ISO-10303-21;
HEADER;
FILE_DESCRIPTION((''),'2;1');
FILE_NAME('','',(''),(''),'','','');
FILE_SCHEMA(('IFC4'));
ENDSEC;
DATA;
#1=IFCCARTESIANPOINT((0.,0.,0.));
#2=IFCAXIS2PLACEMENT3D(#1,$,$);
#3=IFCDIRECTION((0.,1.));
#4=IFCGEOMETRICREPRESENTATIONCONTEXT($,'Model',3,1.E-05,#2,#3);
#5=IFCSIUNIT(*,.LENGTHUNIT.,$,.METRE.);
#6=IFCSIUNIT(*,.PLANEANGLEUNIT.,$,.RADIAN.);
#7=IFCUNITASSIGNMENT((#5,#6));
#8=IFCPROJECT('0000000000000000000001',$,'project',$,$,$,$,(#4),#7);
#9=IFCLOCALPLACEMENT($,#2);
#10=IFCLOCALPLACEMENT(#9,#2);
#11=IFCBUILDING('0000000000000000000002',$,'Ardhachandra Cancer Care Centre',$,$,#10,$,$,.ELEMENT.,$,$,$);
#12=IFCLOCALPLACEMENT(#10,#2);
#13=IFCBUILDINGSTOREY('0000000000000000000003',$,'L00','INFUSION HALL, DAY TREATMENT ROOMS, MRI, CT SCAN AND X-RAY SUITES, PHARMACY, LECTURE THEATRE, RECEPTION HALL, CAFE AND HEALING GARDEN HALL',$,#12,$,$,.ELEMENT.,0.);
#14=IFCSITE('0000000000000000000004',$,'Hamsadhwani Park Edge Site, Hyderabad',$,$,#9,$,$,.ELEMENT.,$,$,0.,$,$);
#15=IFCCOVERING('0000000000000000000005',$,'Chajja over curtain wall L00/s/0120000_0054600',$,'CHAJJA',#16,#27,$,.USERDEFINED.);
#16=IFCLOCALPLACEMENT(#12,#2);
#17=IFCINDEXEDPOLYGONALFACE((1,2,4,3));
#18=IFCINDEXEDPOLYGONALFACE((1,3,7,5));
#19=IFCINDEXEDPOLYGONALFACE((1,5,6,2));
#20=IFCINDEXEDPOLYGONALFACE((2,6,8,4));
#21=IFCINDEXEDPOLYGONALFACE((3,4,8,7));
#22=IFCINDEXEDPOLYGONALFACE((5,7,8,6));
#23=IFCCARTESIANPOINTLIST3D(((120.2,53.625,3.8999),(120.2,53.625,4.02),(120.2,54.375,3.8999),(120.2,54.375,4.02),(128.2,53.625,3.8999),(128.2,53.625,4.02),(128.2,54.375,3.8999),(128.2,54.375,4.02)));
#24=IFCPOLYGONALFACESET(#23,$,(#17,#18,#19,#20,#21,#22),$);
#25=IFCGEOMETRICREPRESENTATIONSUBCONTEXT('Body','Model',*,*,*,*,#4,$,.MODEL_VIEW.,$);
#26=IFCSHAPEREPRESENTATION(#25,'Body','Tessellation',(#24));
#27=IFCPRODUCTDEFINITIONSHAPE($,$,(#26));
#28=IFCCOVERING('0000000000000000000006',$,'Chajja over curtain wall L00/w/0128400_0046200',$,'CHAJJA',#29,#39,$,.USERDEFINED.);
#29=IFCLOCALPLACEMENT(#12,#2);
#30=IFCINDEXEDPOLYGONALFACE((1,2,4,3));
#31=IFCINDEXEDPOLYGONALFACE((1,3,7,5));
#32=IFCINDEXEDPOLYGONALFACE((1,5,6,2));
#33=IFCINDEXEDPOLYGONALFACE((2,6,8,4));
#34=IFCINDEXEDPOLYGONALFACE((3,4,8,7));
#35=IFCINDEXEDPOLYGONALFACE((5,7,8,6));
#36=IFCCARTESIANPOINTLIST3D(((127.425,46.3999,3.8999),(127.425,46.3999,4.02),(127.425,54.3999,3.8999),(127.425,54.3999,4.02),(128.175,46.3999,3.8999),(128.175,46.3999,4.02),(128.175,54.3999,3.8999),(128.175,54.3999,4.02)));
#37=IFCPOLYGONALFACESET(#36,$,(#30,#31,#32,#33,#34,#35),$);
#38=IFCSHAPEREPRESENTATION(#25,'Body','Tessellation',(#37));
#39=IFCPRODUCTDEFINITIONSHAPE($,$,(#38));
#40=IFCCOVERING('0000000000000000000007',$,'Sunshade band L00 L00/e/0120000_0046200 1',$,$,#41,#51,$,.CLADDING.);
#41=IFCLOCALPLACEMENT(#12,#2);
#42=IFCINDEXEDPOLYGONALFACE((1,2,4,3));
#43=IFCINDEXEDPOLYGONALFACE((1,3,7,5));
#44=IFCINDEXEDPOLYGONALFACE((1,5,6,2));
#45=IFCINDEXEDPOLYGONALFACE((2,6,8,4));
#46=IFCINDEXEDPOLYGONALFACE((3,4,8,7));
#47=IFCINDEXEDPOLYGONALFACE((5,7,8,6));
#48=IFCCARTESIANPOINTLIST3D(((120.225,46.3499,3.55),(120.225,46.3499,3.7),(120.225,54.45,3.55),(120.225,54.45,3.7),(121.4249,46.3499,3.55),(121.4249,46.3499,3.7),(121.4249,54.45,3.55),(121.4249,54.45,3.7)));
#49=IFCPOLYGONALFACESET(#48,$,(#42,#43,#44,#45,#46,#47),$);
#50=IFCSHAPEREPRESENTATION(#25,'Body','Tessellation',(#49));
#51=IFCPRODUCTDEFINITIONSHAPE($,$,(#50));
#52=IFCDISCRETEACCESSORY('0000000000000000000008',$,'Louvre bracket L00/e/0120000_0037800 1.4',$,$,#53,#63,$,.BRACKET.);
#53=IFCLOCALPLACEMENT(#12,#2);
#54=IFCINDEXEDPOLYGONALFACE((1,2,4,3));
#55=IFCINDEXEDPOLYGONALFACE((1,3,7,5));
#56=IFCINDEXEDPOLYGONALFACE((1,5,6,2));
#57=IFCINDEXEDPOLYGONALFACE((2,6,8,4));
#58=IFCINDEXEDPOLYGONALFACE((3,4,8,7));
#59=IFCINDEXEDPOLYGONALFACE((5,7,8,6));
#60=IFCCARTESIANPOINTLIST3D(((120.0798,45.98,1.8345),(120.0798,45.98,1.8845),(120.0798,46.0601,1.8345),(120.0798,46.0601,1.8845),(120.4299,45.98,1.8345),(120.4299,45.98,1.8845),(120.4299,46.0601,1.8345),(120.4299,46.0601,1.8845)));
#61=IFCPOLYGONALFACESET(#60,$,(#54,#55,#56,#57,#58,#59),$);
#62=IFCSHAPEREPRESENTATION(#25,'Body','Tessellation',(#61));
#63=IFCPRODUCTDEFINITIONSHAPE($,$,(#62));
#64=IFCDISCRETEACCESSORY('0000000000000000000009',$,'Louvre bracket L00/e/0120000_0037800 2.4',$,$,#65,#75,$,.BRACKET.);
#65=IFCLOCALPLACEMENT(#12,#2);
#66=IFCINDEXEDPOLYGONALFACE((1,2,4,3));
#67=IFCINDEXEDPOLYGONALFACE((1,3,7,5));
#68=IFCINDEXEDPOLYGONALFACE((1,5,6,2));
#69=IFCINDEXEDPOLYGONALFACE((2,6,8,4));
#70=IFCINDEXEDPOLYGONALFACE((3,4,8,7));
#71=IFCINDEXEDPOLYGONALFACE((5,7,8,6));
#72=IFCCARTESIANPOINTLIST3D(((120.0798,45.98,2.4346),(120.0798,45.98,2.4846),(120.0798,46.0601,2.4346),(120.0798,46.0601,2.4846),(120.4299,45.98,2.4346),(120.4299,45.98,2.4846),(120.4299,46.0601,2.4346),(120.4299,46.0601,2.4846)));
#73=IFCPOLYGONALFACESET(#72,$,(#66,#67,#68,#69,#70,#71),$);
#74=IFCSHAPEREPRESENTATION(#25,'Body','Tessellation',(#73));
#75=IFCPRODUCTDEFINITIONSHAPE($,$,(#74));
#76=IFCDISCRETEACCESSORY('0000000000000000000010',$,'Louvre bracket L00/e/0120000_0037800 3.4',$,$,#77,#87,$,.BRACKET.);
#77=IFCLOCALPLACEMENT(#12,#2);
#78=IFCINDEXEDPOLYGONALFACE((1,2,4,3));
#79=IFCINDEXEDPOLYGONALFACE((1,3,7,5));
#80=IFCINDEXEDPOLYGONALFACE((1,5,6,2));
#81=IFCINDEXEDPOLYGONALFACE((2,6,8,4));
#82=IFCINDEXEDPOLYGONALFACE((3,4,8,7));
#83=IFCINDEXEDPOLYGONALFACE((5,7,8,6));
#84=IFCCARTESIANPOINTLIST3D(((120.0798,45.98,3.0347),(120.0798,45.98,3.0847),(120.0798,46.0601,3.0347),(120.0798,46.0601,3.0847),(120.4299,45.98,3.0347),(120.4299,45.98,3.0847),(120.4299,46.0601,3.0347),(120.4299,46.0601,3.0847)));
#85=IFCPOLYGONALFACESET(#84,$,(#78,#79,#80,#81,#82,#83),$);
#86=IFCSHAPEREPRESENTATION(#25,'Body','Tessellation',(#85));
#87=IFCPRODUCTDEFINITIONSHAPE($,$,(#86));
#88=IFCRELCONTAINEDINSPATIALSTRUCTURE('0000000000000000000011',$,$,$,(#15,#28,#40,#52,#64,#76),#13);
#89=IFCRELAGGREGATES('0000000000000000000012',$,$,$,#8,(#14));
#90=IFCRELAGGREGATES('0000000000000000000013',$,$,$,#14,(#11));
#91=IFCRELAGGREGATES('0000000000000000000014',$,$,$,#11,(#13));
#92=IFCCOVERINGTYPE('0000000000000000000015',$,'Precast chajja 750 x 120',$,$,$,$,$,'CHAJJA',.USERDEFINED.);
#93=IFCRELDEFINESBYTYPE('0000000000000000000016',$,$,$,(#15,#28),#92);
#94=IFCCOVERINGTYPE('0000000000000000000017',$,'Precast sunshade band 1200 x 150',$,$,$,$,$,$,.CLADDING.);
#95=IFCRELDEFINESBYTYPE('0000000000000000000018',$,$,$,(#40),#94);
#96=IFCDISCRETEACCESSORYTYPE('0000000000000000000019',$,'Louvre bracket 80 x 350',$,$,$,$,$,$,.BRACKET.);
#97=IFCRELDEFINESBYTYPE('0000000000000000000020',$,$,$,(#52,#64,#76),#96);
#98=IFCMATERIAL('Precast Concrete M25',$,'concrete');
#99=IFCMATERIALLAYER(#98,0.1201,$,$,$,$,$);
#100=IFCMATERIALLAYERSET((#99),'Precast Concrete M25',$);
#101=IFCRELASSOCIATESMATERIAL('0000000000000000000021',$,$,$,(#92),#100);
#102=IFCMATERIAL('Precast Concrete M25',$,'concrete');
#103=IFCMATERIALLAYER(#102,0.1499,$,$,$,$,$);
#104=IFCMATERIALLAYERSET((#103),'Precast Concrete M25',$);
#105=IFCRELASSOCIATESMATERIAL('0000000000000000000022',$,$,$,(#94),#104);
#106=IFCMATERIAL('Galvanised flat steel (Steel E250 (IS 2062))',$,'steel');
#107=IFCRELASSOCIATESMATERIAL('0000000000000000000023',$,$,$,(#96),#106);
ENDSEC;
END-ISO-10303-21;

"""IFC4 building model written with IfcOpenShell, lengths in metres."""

from ifc_helpers import new_model, si_unit, direction, frame, origin, origin_2d, place, context, subcontext, project, spatial, rectangle, extrude, material, layer, layer_set, type_object, element, save


model = new_model("IFC4")

# Units and contexts
model_context = context("Model", 3, precision=1e-05, world=origin(), true_north=direction((0.0, 1.0)))
body_context = subcontext(model_context, "Body", "Model", "MODEL_VIEW")
ifc_project = project(units=[si_unit("LENGTHUNIT", "METRE"), si_unit("PLANEANGLEUNIT", "RADIAN")], contexts=[model_context])

# Site, building, storey
site_placement = place(None, origin())
site = spatial("IfcSite", under=ifc_project, at=site_placement, Name="Hamsadhwani Park Edge Site, Hyderabad", CompositionType="ELEMENT", RefElevation=0.0)
building_placement = place(site_placement, origin())
building = spatial("IfcBuilding", under=site, at=building_placement, Name="Ardhachandra Cancer Care Centre", CompositionType="ELEMENT")
storey_placement = place(building_placement, origin())
storey = spatial("IfcBuildingStorey", under=building, at=storey_placement, Name="L00", Description="INFUSION HALL, DAY TREATMENT ROOMS, MRI, CT SCAN AND X-RAY SUITES, PHARMACY, LECTURE THEATRE, RECEPTION HALL, CAFE AND HEALING GARDEN HALL", CompositionType="ELEMENT", Elevation=0.0)

# Coverings
ifc_material_1 = material(Name="Precast Concrete M25", Category="concrete")
ifc_layer_1 = layer(ifc_material_1, 0.1201)
ifc_layer_set_1 = layer_set([ifc_layer_1], Name="Precast Concrete M25")
covering_type_1 = type_object("IfcCoveringType", Name="Precast chajja 750 x 120", ElementType="CHAJJA", PredefinedType="USERDEFINED", material=ifc_layer_set_1)
for number, where, z_axis, x_axis, name in (
    (1, (124.2, 54.0, 3.8999), (0.0, 0.0, 1.0), (1.0, 0.0, 0.0), "Chajja over curtain wall L00/s/0120000_0054600"),
    (2, (127.8, 50.3999, 3.8999), (0.0, 0.0, 1.0), (0.0, 1.0, 0.0), "Chajja over curtain wall L00/w/0128400_0046200"),
):
    element("IfcCovering", number, at=place(storey_placement, frame(where, z_axis=z_axis, x_axis=x_axis)), inside=storey, type_object=covering_type_1, Name=name, ObjectType="CHAJJA", PredefinedType="USERDEFINED", context=body_context, shape_type="SweptSolid", body=[
        extrude(rectangle(XDim=8.0, YDim=0.75, at=origin_2d()), origin(), (0.0, 0.0, 1.0), 0.1201),
    ])
ifc_material_2 = material(Name="Precast Concrete M25", Category="concrete")
ifc_layer_2 = layer(ifc_material_2, 0.1499)
ifc_layer_set_2 = layer_set([ifc_layer_2], Name="Precast Concrete M25")
covering_type_2 = type_object("IfcCoveringType", Name="Precast sunshade band 1200 x 150", PredefinedType="CLADDING", material=ifc_layer_set_2)
covering_placement = place(storey_placement, frame((120.825, 50.3999, 3.55), z_axis=(0.0, 0.0, 1.0), x_axis=(0.0, 1.0, 0.0)))
element("IfcCovering", 3, at=covering_placement, inside=storey, type_object=covering_type_2, Name="Sunshade band L00 L00/e/0120000_0046200 1", PredefinedType="CLADDING", context=body_context, shape_type="SweptSolid", body=[
    extrude(rectangle(XDim=8.1001, YDim=1.2, at=origin_2d()), origin(), (0.0, 0.0, 1.0), 0.1499),
])

# Discrete accessories
ifc_material_3 = material(Name="Galvanised flat steel (Steel E250 (IS 2062))", Category="steel")
discrete_accessory_type = type_object("IfcDiscreteAccessoryType", Name="Louvre bracket 80 x 350", PredefinedType="BRACKET", material=ifc_material_3)
for number, where, z_axis, x_axis, name in (
    (4, (120.2549, 46.02, 1.8345), (0.0, 0.0, 1.0), (0.0, 1.0, 0.0), "Louvre bracket L00/e/0120000_0037800 1.4"),
    (5, (120.2549, 46.02, 2.4346), (0.0, 0.0, 1.0), (0.0, 1.0, 0.0), "Louvre bracket L00/e/0120000_0037800 2.4"),
    (6, (120.2549, 46.02, 3.0347), (0.0, 0.0, 1.0), (0.0, 1.0, 0.0), "Louvre bracket L00/e/0120000_0037800 3.4"),
):
    element("IfcDiscreteAccessory", number, at=place(storey_placement, frame(where, z_axis=z_axis, x_axis=x_axis)), inside=storey, type_object=discrete_accessory_type, Name=name, PredefinedType="BRACKET", context=body_context, shape_type="SweptSolid", body=[
        extrude(rectangle(XDim=0.0801, YDim=0.3501, at=origin_2d()), origin(), (0.0, 0.0, 1.0), 0.05),
    ])

save(model, "model.ifc")
